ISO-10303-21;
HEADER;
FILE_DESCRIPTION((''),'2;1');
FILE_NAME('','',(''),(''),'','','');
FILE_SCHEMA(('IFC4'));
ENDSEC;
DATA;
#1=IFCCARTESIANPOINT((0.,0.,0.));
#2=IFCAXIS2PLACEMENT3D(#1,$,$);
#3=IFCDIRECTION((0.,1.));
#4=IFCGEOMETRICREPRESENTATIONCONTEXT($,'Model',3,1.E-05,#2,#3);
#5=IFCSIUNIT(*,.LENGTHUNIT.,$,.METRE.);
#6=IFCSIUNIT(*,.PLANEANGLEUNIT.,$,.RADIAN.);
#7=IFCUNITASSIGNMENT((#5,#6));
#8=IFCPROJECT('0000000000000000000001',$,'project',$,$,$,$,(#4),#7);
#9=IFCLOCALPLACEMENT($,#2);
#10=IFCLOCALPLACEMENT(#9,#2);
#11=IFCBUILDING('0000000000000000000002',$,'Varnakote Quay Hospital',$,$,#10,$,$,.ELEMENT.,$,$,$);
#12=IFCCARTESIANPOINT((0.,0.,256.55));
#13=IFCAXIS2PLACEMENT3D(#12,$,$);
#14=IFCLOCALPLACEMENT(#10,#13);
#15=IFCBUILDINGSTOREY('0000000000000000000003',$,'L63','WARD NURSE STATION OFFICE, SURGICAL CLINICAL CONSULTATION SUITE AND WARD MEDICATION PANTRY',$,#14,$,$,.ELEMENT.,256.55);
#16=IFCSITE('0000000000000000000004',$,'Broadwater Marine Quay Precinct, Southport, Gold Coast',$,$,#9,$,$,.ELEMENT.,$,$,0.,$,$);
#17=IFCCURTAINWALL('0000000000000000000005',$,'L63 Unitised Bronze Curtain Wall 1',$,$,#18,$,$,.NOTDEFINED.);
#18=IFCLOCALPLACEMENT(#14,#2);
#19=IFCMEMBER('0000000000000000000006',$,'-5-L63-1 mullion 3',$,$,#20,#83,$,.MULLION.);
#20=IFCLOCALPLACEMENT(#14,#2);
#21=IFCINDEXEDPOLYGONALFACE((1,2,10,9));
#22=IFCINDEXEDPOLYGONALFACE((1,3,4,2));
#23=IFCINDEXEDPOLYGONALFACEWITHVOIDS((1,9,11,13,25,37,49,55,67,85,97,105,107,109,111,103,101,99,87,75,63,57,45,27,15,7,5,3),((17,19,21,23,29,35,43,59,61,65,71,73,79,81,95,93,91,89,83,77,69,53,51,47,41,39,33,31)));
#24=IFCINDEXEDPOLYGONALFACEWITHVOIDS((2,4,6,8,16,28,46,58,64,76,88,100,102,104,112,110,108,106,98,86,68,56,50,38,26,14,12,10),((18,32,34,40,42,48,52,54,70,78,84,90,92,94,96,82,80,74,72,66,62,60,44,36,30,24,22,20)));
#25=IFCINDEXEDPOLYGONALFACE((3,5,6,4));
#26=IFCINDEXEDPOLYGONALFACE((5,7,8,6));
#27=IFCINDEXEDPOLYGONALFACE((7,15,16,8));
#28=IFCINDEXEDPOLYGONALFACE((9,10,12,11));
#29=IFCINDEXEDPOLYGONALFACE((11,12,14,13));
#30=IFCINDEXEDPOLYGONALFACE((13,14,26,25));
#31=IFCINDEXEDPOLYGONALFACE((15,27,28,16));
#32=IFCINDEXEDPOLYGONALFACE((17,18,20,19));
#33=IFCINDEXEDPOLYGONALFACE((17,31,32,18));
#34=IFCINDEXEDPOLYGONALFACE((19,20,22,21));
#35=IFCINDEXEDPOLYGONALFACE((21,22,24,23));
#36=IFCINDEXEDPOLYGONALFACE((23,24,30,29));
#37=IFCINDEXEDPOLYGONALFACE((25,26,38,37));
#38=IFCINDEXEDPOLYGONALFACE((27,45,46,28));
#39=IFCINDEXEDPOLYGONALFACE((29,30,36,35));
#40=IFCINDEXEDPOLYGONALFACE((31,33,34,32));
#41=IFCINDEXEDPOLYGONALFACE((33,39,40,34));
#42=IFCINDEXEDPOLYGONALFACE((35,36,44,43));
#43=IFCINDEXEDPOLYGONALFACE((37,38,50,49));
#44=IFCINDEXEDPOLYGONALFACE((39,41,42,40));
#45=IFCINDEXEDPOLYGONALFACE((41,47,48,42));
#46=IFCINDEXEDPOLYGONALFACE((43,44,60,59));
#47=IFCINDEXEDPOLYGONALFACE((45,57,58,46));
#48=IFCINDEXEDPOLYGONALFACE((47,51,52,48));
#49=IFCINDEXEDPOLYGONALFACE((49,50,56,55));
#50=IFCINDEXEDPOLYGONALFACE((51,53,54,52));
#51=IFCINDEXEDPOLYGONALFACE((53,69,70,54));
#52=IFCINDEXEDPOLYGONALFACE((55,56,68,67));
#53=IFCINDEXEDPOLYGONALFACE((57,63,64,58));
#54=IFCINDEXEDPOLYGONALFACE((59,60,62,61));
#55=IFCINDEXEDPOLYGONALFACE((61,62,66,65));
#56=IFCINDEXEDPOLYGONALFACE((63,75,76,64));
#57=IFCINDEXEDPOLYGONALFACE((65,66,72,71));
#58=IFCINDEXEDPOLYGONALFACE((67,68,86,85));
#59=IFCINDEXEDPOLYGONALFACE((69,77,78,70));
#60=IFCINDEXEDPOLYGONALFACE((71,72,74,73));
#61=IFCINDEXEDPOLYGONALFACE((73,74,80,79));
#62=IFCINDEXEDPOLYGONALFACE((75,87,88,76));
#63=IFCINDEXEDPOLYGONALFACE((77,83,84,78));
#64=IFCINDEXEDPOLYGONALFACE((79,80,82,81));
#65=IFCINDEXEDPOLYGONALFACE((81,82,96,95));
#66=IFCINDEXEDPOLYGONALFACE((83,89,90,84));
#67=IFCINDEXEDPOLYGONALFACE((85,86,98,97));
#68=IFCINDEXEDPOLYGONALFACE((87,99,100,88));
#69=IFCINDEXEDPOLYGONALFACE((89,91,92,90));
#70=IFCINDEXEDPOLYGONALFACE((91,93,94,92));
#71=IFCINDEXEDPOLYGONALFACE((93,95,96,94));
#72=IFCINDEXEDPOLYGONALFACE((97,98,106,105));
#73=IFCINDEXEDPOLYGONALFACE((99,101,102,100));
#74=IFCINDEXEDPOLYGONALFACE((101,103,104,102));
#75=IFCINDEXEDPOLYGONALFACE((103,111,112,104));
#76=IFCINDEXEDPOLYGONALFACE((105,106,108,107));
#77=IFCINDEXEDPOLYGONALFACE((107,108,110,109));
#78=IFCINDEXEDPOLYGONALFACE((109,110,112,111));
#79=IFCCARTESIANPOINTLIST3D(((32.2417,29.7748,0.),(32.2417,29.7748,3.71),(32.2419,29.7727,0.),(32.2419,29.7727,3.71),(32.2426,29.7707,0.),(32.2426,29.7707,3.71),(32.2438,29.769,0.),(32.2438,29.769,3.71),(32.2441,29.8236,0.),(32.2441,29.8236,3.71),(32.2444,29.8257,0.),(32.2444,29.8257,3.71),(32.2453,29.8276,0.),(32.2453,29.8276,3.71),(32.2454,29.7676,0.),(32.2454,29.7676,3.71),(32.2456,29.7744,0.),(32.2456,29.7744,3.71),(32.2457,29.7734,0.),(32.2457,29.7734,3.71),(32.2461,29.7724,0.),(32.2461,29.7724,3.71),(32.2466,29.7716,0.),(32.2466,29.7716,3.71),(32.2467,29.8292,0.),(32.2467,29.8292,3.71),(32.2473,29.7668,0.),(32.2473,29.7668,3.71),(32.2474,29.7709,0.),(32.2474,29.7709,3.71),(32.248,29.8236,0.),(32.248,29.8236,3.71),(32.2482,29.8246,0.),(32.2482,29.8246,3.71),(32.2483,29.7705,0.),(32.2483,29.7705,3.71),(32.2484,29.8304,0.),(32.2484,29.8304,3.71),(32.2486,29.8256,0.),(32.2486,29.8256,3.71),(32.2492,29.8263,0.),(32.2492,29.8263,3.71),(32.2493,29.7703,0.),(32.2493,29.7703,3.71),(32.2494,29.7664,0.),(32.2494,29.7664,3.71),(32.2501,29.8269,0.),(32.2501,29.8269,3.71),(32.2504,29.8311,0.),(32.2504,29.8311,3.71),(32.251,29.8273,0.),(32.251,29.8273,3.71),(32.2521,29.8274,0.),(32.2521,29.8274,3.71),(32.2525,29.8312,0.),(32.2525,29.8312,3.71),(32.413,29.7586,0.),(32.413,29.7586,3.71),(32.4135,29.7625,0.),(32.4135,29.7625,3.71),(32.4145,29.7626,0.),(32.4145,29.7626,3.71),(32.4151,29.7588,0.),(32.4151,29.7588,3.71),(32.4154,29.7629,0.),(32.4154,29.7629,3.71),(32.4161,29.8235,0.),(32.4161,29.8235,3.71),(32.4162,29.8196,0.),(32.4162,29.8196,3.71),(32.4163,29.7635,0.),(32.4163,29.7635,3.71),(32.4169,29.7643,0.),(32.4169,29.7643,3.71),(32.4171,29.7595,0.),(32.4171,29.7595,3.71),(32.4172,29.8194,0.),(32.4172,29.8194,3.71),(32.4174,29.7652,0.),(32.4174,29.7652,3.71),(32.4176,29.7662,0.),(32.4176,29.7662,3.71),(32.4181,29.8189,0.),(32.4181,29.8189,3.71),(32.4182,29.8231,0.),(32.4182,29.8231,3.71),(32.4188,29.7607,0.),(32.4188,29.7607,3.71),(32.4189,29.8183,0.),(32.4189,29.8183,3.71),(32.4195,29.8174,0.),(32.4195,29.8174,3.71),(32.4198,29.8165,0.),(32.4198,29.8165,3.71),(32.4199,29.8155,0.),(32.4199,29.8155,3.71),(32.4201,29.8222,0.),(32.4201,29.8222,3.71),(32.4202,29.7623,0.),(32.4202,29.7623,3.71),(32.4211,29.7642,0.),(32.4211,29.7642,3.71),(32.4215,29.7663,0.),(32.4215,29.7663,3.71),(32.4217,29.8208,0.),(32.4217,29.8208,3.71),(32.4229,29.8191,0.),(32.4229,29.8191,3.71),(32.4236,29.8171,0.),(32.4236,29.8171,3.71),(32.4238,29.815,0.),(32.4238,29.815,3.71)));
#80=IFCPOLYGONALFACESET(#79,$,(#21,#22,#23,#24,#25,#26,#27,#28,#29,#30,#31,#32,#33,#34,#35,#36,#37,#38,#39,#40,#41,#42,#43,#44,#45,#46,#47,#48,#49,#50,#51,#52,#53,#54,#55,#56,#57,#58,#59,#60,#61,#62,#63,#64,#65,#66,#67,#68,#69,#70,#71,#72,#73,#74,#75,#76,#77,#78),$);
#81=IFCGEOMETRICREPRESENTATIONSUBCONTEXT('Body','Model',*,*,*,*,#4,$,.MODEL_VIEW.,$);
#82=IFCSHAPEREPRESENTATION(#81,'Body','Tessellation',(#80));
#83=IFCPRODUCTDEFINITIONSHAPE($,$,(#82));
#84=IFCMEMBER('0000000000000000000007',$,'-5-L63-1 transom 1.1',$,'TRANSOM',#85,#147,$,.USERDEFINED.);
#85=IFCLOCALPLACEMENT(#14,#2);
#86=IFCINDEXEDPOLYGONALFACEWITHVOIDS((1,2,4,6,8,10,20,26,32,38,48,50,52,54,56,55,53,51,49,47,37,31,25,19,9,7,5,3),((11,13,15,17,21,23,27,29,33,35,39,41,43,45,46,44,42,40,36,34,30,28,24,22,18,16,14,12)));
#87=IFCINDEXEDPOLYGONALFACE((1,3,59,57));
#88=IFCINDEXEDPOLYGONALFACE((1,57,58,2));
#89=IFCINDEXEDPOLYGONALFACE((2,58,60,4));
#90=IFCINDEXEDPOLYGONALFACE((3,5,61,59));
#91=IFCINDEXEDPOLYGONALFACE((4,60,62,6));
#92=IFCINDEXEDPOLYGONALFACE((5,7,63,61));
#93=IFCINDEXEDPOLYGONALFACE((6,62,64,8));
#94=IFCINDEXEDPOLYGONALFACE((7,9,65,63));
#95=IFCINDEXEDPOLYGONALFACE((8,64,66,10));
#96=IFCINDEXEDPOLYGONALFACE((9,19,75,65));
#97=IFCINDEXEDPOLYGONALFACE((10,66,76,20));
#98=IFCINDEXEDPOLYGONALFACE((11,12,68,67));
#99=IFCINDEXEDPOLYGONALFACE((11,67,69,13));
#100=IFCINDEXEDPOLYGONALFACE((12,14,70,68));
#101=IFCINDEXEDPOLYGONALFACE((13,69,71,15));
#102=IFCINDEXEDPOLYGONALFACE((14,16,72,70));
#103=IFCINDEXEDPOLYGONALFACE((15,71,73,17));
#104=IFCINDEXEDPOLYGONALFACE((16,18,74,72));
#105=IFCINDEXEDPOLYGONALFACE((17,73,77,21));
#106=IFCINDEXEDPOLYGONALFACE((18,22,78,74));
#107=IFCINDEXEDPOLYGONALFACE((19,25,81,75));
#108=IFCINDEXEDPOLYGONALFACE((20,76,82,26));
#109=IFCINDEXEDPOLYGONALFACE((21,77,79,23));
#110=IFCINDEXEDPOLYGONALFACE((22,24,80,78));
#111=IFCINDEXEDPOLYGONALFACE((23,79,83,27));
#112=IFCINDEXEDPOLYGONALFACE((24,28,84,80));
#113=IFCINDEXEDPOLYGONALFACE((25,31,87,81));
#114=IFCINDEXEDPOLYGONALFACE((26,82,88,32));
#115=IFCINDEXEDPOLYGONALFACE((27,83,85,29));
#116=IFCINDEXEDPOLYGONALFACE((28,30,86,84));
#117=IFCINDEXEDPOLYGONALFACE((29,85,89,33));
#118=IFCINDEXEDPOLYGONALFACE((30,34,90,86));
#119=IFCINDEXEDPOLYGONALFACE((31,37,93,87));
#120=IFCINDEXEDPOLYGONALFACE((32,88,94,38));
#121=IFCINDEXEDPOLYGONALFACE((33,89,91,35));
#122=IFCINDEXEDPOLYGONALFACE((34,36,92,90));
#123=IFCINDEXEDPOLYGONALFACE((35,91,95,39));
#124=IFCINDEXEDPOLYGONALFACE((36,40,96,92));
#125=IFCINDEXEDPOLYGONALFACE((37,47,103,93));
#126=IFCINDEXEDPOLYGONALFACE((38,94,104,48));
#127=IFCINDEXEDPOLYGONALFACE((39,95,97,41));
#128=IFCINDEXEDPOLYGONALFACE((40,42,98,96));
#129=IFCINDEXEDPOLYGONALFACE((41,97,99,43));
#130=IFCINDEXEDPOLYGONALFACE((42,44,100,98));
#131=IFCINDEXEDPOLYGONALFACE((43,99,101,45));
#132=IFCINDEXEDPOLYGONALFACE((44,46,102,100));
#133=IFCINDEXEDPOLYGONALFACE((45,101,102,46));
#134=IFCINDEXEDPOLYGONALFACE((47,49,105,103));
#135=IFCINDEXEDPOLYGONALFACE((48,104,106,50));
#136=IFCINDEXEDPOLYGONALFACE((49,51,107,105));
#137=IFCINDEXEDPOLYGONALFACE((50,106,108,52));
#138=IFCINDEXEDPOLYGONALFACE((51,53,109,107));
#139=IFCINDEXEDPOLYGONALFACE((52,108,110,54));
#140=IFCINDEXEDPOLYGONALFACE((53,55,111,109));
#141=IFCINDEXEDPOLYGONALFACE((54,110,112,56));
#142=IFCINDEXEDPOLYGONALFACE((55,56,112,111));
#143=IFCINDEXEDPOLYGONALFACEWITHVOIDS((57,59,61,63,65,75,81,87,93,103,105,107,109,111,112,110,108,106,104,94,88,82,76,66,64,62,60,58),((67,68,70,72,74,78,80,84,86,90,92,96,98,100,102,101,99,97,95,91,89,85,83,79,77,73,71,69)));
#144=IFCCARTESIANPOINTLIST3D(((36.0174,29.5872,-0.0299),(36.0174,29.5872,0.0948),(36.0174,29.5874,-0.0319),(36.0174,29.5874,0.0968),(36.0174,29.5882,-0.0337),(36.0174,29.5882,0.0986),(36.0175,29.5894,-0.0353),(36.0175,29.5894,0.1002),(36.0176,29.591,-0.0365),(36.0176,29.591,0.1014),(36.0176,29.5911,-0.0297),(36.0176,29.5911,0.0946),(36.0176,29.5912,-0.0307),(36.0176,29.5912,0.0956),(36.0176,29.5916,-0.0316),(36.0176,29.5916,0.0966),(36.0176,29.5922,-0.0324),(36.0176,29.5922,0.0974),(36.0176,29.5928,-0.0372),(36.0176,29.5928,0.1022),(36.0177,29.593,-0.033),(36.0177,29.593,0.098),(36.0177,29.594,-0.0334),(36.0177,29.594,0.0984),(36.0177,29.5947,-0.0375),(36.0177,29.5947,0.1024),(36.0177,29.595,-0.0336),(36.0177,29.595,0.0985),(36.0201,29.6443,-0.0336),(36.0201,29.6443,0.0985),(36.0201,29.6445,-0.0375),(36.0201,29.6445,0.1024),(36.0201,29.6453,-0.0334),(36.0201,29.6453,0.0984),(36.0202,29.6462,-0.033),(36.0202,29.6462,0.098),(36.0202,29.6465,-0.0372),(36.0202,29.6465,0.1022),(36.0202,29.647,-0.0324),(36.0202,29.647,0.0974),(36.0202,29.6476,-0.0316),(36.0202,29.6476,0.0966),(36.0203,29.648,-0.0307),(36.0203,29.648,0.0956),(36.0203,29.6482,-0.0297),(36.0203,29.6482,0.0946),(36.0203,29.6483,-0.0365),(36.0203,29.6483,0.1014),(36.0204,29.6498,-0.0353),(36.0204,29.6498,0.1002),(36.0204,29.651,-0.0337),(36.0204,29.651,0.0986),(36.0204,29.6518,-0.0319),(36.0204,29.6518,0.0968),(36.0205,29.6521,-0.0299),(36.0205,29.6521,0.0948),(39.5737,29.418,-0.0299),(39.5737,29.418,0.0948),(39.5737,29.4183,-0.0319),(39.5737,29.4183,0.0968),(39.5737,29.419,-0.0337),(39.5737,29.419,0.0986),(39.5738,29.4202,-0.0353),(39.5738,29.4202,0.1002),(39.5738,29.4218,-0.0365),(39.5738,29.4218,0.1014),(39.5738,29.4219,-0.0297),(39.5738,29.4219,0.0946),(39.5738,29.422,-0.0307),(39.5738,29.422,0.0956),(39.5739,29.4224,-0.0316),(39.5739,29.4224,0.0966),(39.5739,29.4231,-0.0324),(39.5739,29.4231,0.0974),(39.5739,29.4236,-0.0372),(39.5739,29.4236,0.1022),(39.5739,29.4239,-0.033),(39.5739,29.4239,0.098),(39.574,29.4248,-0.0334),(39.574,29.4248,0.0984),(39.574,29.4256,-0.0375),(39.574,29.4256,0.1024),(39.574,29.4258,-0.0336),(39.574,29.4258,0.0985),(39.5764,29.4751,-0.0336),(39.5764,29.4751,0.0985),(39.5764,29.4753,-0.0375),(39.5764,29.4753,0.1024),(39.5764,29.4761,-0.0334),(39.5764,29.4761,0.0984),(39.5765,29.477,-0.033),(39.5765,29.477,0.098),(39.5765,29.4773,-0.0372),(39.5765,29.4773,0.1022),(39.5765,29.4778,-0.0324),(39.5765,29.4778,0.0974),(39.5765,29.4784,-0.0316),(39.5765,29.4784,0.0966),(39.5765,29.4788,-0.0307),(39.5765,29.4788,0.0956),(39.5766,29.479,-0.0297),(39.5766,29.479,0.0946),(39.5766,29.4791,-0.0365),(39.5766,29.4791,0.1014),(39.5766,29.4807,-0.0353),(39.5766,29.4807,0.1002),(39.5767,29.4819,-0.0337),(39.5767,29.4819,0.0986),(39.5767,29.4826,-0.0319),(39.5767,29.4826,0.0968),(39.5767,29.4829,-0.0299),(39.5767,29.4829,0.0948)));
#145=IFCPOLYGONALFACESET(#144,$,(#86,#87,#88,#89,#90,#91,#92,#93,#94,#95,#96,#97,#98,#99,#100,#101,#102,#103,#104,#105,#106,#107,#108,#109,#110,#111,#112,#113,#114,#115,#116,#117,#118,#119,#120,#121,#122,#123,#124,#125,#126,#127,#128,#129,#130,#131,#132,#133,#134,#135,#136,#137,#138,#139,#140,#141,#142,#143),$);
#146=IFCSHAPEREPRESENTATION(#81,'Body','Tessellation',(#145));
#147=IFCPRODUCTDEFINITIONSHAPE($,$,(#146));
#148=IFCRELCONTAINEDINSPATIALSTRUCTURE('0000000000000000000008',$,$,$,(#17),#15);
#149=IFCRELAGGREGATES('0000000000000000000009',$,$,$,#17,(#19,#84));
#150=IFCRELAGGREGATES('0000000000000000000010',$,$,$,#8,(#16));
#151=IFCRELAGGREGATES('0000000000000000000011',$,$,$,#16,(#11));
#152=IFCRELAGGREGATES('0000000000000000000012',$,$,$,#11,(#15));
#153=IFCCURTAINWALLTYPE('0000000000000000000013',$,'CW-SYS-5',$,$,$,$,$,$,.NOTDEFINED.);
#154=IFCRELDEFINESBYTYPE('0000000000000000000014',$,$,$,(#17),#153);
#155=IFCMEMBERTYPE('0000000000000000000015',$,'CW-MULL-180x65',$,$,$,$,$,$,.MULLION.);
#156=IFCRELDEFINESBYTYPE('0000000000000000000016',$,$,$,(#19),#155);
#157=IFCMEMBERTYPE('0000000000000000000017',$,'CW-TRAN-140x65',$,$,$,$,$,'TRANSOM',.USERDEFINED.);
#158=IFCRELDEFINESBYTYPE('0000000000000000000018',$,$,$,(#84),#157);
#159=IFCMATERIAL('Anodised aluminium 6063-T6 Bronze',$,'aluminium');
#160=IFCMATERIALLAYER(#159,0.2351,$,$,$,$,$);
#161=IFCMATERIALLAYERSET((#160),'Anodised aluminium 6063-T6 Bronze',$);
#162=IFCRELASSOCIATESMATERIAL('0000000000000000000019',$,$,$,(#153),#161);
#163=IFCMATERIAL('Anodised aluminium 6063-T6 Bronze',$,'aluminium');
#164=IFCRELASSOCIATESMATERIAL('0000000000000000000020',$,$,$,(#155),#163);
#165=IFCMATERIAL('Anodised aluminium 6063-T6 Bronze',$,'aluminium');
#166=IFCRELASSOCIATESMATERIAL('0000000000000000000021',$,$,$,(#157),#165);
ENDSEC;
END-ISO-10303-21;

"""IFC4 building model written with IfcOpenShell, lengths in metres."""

from ifc_helpers import new_model, si_unit, direction, frame, origin, origin_2d, place, context, subcontext, project, spatial, hollow_rectangle, extrude, material, layer, layer_set, material_profile, profile_set, type_object, element, aggregate, save


model = new_model("IFC4")

# Units and contexts
model_context = context("Model", 3, precision=1e-05, world=origin(), true_north=direction((0.0, 1.0)))
body_context = subcontext(model_context, "Body", "Model", "MODEL_VIEW")
ifc_project = project(units=[si_unit("LENGTHUNIT", "METRE"), si_unit("PLANEANGLEUNIT", "RADIAN")], contexts=[model_context])

# Site, building, storey
site_placement = place(None, origin())
site = spatial("IfcSite", under=ifc_project, at=site_placement, Name="Broadwater Marine Quay Precinct, Southport, Gold Coast", CompositionType="ELEMENT", RefElevation=0.0)
building_placement = place(site_placement, origin())
building = spatial("IfcBuilding", under=site, at=building_placement, Name="Varnakote Quay Hospital", CompositionType="ELEMENT")
storey_placement = place(building_placement, frame((0.0, 0.0, 256.55)))
storey = spatial("IfcBuildingStorey", under=building, at=storey_placement, Name="L63", Description="WARD NURSE STATION OFFICE, SURGICAL CLINICAL CONSULTATION SUITE AND WARD MEDICATION PANTRY", CompositionType="ELEMENT", Elevation=256.55)

# Curtain wall, members
ifc_material_1 = material(Name="Anodised aluminium 6063-T6 Bronze", Category="aluminium")
ifc_layer_1 = layer(ifc_material_1, 0.2351)
ifc_layer_set_1 = layer_set([ifc_layer_1], Name="Anodised aluminium 6063-T6 Bronze")
curtain_wall_type = type_object("IfcCurtainWallType", Name="CW-SYS-5", PredefinedType="NOTDEFINED", material=ifc_layer_set_1)
curtain_wall_placement = place(storey_placement, origin())
curtain_wall = element("IfcCurtainWall", 1, at=curtain_wall_placement, inside=storey, type_object=curtain_wall_type, Name="L63 Unitised Bronze Curtain Wall 1", PredefinedType="NOTDEFINED")
ifc_material_2 = material(Name="Anodised aluminium 6063-T6 Bronze", Category="aluminium")
ifc_material_profile_1 = material_profile(ifc_material_2, hollow_rectangle(XDim=0.0649, YDim=0.1799, WallThickness=0.0039, InnerFilletRadius=0.0039, OuterFilletRadius=0.0081, at=origin_2d()), Name="CW-MULL-180x65")
ifc_profile_set_1 = profile_set([ifc_material_profile_1], Name="Anodised aluminium 6063-T6 Bronze")
member_type_1 = type_object("IfcMemberType", Name="CW-MULL-180x65", PredefinedType="MULLION", material=ifc_profile_set_1)
member_1_placement = place(storey_placement, frame((32.3328, 29.7949, 0.0), z_axis=(0.0, 0.0, 1.0), x_axis=(-0.047497, -0.998871, 0.0)))
member_1 = element("IfcMember", 2, at=member_1_placement, type_object=member_type_1, Name="-5-L63-1 mullion 3", PredefinedType="MULLION", context=body_context, shape_type="SweptSolid", body=[
    extrude(hollow_rectangle(XDim=0.0649, YDim=0.1799, WallThickness=0.0039, InnerFilletRadius=0.0039, OuterFilletRadius=0.0081, at=origin_2d()), origin(), (0.0, 0.0, 1.0), 3.71),
])
ifc_material_3 = material(Name="Anodised aluminium 6063-T6 Bronze", Category="aluminium")
ifc_material_profile_2 = material_profile(ifc_material_3, hollow_rectangle(XDim=0.0649, YDim=0.1399, WallThickness=0.0039, InnerFilletRadius=0.0039, OuterFilletRadius=0.0076, at=origin_2d()), Name="CW-TRAN-140x65")
ifc_profile_set_2 = profile_set([ifc_material_profile_2], Name="Anodised aluminium 6063-T6 Bronze")
member_type_2 = type_object("IfcMemberType", Name="CW-TRAN-140x65", ElementType="TRANSOM", PredefinedType="USERDEFINED", material=ifc_profile_set_2)
member_2_placement = place(storey_placement, frame((39.5752, 29.4504, 0.0325), z_axis=(-0.99887, 0.04752, 0.0), x_axis=(-0.04752, -0.99887, 0.0)))
member_2 = element("IfcMember", 3, at=member_2_placement, type_object=member_type_2, Name="-5-L63-1 transom 1.1", ObjectType="TRANSOM", PredefinedType="USERDEFINED", context=body_context, shape_type="SweptSolid", body=[
    extrude(hollow_rectangle(XDim=0.0649, YDim=0.1399, WallThickness=0.0039, InnerFilletRadius=0.0039, OuterFilletRadius=0.0076, at=origin_2d()), origin(), (0.0, 0.0, 1.0), 3.5603),
])
aggregate(curtain_wall, [member_1, member_2])

save(model, "model.ifc")
